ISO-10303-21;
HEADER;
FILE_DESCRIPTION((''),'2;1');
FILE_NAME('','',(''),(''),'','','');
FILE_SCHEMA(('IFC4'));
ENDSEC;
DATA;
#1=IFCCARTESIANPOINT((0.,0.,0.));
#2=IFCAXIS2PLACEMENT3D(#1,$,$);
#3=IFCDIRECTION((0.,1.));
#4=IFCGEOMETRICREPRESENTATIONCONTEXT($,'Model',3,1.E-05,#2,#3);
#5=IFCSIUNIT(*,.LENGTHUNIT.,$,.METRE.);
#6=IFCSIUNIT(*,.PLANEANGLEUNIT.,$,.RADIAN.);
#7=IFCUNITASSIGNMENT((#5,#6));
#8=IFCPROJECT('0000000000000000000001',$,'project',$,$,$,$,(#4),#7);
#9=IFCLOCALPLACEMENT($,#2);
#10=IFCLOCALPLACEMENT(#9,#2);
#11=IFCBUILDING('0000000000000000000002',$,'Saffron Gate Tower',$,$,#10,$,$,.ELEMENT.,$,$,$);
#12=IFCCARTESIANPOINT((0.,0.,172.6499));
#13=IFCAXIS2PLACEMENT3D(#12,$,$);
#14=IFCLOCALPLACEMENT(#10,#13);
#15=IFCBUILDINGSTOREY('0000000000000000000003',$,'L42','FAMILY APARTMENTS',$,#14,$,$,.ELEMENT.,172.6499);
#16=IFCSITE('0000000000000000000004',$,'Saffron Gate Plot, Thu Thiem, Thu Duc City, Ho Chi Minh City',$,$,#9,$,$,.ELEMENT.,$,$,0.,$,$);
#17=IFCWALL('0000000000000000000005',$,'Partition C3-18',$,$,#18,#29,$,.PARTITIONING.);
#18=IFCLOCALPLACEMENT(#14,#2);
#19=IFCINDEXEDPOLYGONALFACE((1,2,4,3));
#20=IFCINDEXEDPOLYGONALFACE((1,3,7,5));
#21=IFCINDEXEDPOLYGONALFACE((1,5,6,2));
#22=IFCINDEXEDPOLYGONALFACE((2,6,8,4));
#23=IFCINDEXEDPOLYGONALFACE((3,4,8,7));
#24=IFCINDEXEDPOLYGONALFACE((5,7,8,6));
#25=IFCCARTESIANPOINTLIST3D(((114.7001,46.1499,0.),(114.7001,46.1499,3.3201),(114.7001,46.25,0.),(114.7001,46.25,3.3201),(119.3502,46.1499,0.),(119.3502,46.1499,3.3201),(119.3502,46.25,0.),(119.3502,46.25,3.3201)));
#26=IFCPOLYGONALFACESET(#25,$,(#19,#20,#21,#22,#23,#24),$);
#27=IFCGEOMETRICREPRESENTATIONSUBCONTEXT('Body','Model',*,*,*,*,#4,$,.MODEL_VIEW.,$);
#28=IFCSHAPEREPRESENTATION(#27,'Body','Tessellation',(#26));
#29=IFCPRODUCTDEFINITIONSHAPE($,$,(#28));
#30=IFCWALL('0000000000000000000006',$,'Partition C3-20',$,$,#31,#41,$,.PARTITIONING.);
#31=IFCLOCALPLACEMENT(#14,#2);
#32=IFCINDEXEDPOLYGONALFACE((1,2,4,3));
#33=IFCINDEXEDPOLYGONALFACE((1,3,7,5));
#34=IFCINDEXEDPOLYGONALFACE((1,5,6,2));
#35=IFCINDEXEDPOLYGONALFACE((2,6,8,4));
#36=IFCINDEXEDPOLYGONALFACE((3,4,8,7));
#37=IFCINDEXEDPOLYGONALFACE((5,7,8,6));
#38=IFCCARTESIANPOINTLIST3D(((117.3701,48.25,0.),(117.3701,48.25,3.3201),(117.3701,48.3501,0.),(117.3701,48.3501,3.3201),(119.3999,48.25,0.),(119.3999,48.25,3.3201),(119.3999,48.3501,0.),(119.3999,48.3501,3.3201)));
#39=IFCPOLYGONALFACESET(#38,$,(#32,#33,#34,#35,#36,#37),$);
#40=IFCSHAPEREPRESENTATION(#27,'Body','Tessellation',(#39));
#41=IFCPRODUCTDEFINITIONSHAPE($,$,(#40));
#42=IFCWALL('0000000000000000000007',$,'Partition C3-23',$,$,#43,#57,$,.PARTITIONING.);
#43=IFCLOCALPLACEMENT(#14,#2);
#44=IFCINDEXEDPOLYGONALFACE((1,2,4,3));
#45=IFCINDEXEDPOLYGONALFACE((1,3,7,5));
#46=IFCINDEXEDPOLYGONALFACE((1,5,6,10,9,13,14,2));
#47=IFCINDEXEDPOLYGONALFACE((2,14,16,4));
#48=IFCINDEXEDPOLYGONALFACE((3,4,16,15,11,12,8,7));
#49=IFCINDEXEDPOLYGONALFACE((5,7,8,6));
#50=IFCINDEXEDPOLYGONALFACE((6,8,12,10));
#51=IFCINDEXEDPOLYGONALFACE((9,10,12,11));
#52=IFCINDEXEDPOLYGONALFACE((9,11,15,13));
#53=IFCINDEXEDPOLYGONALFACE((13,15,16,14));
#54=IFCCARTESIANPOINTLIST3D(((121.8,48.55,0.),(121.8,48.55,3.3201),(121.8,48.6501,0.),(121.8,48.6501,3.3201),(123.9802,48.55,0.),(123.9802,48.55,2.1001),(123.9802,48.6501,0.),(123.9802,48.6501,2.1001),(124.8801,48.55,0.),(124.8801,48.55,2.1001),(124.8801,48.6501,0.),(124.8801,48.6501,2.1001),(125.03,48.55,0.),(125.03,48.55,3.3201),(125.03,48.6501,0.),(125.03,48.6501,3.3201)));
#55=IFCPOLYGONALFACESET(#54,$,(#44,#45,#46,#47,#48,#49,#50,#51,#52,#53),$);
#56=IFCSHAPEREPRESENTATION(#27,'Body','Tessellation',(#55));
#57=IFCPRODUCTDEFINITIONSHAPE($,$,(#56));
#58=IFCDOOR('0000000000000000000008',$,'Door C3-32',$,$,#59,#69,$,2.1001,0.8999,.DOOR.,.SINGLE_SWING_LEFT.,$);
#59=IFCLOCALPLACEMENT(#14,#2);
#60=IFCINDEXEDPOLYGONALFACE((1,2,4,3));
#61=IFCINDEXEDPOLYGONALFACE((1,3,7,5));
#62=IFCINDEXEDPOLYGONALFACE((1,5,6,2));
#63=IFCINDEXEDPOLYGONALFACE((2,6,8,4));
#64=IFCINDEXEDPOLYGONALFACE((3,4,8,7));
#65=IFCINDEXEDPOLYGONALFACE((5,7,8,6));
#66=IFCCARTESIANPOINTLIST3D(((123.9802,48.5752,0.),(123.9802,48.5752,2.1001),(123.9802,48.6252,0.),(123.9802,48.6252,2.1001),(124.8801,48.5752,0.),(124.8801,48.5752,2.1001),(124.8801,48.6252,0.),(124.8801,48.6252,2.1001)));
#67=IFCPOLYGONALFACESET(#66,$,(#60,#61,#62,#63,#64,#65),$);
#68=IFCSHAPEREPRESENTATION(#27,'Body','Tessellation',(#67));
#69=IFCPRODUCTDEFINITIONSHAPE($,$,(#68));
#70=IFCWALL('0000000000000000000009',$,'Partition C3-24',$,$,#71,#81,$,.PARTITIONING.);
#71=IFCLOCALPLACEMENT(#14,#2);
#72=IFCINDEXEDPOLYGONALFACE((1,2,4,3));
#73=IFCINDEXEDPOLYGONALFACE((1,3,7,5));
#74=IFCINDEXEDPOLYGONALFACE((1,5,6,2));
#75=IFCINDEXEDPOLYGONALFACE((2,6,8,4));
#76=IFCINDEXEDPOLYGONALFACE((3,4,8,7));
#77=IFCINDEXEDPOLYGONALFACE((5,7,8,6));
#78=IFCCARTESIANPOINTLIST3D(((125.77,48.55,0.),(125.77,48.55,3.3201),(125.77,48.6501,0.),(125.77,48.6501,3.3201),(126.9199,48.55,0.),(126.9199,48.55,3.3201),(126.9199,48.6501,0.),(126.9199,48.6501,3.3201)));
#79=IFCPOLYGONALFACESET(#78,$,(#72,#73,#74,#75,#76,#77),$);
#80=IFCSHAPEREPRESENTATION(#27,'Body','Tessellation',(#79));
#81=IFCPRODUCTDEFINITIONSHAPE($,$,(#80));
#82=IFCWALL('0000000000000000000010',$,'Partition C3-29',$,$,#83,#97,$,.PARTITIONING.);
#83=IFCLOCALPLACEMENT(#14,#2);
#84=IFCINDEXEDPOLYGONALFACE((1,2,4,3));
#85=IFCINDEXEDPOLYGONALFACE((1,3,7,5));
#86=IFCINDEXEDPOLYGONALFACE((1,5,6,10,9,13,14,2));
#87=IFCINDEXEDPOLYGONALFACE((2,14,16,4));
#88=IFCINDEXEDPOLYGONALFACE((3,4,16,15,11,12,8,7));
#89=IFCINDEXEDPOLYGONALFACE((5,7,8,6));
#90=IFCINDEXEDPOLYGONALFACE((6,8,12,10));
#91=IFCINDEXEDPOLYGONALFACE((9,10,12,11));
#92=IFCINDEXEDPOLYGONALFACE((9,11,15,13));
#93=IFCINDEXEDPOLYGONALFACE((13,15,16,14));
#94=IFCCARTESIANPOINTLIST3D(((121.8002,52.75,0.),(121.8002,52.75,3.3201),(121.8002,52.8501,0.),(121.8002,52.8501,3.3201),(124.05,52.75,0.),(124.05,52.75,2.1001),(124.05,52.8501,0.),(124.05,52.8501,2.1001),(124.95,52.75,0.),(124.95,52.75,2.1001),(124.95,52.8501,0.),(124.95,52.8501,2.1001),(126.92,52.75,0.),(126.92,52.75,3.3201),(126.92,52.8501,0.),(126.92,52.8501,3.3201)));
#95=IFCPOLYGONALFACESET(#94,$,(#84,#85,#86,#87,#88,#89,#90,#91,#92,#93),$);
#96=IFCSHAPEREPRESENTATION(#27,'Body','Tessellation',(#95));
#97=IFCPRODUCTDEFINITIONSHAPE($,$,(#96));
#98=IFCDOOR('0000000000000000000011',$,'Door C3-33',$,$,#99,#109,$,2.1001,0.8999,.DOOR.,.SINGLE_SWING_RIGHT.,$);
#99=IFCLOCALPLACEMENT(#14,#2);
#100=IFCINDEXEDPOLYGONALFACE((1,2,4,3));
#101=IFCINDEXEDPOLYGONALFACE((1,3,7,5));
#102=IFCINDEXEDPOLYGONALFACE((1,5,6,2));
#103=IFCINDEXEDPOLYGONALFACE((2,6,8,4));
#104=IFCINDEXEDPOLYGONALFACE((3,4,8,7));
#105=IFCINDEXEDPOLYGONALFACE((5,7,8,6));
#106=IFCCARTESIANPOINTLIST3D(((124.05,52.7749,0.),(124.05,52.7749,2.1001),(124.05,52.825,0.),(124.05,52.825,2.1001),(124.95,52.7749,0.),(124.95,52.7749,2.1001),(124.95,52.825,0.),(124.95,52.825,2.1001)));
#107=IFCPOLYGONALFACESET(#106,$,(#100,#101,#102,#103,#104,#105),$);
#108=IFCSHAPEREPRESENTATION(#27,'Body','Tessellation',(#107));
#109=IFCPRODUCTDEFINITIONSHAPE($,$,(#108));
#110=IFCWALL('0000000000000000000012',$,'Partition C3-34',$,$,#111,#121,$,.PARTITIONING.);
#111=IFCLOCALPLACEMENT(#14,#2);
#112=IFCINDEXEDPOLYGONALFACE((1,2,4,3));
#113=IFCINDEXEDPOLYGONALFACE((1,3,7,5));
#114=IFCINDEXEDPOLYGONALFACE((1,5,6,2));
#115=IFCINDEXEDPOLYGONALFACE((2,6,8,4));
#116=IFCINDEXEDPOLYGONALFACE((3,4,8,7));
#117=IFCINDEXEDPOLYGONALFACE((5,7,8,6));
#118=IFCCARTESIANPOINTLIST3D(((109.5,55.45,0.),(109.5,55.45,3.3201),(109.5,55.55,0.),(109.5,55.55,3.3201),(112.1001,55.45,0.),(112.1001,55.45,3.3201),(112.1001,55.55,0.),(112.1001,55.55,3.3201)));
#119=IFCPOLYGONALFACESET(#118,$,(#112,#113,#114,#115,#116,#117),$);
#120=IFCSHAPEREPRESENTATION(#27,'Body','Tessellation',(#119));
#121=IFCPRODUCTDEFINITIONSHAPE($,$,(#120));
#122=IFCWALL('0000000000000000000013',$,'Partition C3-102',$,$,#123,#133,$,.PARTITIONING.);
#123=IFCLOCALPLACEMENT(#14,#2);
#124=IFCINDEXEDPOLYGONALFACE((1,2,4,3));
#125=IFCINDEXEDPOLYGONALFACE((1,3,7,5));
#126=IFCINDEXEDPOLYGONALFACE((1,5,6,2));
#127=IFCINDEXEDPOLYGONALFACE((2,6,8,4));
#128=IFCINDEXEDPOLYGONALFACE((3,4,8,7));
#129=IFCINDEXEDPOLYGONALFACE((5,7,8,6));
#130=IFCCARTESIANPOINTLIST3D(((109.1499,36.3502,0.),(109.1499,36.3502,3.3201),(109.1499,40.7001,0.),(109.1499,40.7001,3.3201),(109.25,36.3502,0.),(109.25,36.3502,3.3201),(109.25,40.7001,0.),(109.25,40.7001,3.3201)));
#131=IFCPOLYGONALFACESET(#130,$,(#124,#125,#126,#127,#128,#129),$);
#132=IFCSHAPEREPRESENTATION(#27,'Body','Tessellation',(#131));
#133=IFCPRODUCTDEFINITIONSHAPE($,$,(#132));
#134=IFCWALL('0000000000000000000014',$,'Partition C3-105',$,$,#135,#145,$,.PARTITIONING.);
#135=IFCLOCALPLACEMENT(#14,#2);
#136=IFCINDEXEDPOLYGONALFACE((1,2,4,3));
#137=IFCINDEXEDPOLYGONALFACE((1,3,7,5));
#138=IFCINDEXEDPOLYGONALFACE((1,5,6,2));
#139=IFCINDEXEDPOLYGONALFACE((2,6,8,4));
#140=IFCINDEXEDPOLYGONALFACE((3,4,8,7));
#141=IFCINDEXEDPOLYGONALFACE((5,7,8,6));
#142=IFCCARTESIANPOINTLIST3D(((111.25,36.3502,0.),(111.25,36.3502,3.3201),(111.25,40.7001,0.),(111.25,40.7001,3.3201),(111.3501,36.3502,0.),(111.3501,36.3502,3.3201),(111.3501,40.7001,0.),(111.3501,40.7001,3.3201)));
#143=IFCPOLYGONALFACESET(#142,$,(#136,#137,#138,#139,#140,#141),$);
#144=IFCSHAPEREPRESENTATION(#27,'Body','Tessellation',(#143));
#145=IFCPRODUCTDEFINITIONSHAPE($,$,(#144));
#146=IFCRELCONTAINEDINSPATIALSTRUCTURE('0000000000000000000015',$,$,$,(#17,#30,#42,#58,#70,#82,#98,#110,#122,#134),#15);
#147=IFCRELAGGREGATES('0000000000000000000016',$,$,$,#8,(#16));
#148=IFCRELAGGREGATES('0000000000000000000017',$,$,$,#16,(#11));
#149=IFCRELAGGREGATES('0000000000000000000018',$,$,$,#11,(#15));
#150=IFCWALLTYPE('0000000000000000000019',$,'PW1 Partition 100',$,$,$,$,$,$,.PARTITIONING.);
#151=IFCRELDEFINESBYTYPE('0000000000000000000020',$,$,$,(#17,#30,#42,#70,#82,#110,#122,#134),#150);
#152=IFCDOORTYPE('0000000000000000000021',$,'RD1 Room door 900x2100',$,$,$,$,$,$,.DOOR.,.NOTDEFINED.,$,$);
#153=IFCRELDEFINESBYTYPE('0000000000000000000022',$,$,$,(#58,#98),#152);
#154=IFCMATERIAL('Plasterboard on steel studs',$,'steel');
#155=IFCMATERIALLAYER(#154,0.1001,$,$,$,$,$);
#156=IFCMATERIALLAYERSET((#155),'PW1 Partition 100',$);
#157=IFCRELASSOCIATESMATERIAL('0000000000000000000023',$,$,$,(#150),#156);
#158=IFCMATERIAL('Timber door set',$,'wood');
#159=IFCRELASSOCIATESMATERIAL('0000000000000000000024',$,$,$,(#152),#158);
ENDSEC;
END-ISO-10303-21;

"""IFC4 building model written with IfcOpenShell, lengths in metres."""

from ifc_helpers import new_model, si_unit, direction, frame, frame_2d, origin, place, context, subcontext, project, spatial, rectangle, extrude, material, layer, layer_set, type_object, element, fill, save


model = new_model("IFC4")

# Units and contexts
model_context = context("Model", 3, precision=1e-05, world=origin(), true_north=direction((0.0, 1.0)))
body_context = subcontext(model_context, "Body", "Model", "MODEL_VIEW")
ifc_project = project(units=[si_unit("LENGTHUNIT", "METRE"), si_unit("PLANEANGLEUNIT", "RADIAN")], contexts=[model_context])

# Site, building, storey
site_placement = place(None, origin())
site = spatial("IfcSite", under=ifc_project, at=site_placement, Name="Saffron Gate Plot, Thu Thiem, Thu Duc City, Ho Chi Minh City", CompositionType="ELEMENT", RefElevation=0.0)
building_placement = place(site_placement, origin())
building = spatial("IfcBuilding", under=site, at=building_placement, Name="Saffron Gate Tower", CompositionType="ELEMENT")
storey_placement = place(building_placement, frame((0.0, 0.0, 172.6499)))
storey = spatial("IfcBuildingStorey", under=building, at=storey_placement, Name="L42", Description="FAMILY APARTMENTS", CompositionType="ELEMENT", Elevation=172.6499)

# Walls
ifc_material_1 = material(Name="Plasterboard on steel studs", Category="steel")
ifc_layer_1 = layer(ifc_material_1, 0.1001)
ifc_layer_set_1 = layer_set([ifc_layer_1], Name="PW1 Partition 100")
wall_type_1 = type_object("IfcWallType", Name="PW1 Partition 100", PredefinedType="PARTITIONING", material=ifc_layer_set_1)
wall_1_placement = place(storey_placement, frame((114.7, 46.2, 0.0), z_axis=(0.0, 0.0, 1.0), x_axis=(1.0, 0.0, 0.0)))
element("IfcWall", 1, at=wall_1_placement, inside=storey, type_object=wall_type_1, Name="Partition C3-18", PredefinedType="PARTITIONING", context=body_context, shape_type="SweptSolid", body=[
    extrude(rectangle(XDim=4.6501, YDim=0.1001, at=frame_2d((2.3252, 0.0))), origin(), (0.0, 0.0, 1.0), 3.3201),
])
wall_2_placement = place(storey_placement, frame((117.3701, 48.3, 0.0), z_axis=(0.0, 0.0, 1.0), x_axis=(1.0, 0.0, 0.0)))
element("IfcWall", 2, at=wall_2_placement, inside=storey, type_object=wall_type_1, Name="Partition C3-20", PredefinedType="PARTITIONING", context=body_context, shape_type="SweptSolid", body=[
    extrude(rectangle(XDim=2.0298, YDim=0.1001, at=frame_2d((1.0149, 0.0))), origin(), (0.0, 0.0, 1.0), 3.3201),
])

# Wall, opening, door
wall_3_placement = place(storey_placement, frame((125.03, 48.6001, 0.0), z_axis=(0.0, 0.0, 1.0), x_axis=(-1.0, 0.0, 0.0)))
wall_3 = element("IfcWall", 3, at=wall_3_placement, inside=storey, type_object=wall_type_1, Name="Partition C3-23", PredefinedType="PARTITIONING", context=body_context, shape_type="SweptSolid", body=[
    extrude(rectangle(XDim=3.23, YDim=0.1001, at=frame_2d((1.615, 0.0))), origin(), (0.0, 0.0, 1.0), 3.3201),
])
opening_1_placement = place(wall_3_placement, frame((0.1499, 0.0, 0.0)))
opening_1 = element("IfcOpeningElement", 4, at=opening_1_placement, cuts=wall_3, PredefinedType="OPENING", context=body_context, shape_type="SweptSolid", body=[
    extrude(rectangle(XDim=0.8999, YDim=2.1001, at=frame_2d((0.45, 1.05))), frame((0.0, 0.0601, 0.0), z_axis=(0.0, -1.0, 0.0), x_axis=(1.0, 0.0, 0.0)), (0.0, 0.0, 1.0), 0.1201),
])
ifc_material_2 = material(Name="Timber door set", Category="wood")
door_type_1 = type_object("IfcDoorType", Name="RD1 Room door 900x2100", OperationType="NOTDEFINED", PredefinedType="DOOR", material=ifc_material_2)
door_1_placement = place(opening_1_placement, origin())
door_1 = element("IfcDoor", 5, at=door_1_placement, inside=storey, type_object=door_type_1, Name="Door C3-32", OperationType="SINGLE_SWING_LEFT", OverallHeight=2.1001, OverallWidth=0.8999, PredefinedType="DOOR", context=body_context, shape_type="SweptSolid", body=[
    extrude(rectangle(XDim=0.8999, YDim=2.1001, at=frame_2d((0.45, 1.05))), frame((0.0, 0.0249, 0.0), z_axis=(0.0, -1.0, 0.0), x_axis=(1.0, 0.0, 0.0)), (0.0, 0.0, 1.0), 0.05),
])
fill(opening_1, door_1)

# Wall
wall_4_placement = place(storey_placement, frame((125.77, 48.6001, 0.0), z_axis=(0.0, 0.0, 1.0), x_axis=(1.0, 0.0, 0.0)))
element("IfcWall", 6, at=wall_4_placement, inside=storey, type_object=wall_type_1, Name="Partition C3-24", PredefinedType="PARTITIONING", context=body_context, shape_type="SweptSolid", body=[
    extrude(rectangle(XDim=1.1499, YDim=0.1001, at=frame_2d((0.575, 0.0))), origin(), (0.0, 0.0, 1.0), 3.3201),
])

# Wall, opening, door
wall_5_placement = place(storey_placement, frame((121.8, 52.8, 0.0), z_axis=(0.0, 0.0, 1.0), x_axis=(1.0, 0.0, 0.0)))
wall_5 = element("IfcWall", 7, at=wall_5_placement, inside=storey, type_object=wall_type_1, Name="Partition C3-29", PredefinedType="PARTITIONING", context=body_context, shape_type="SweptSolid", body=[
    extrude(rectangle(XDim=5.1199, YDim=0.1001, at=frame_2d((2.5601, 0.0))), origin(), (0.0, 0.0, 1.0), 3.3201),
])
opening_2_placement = place(wall_5_placement, frame((2.25, 0.0, 0.0)))
opening_2 = element("IfcOpeningElement", 8, at=opening_2_placement, cuts=wall_5, PredefinedType="OPENING", context=body_context, shape_type="SweptSolid", body=[
    extrude(rectangle(XDim=0.8999, YDim=2.1001, at=frame_2d((0.45, 1.05))), frame((0.0, 0.0601, 0.0), z_axis=(0.0, -1.0, 0.0), x_axis=(1.0, 0.0, 0.0)), (0.0, 0.0, 1.0), 0.1201),
])
door_2_placement = place(opening_2_placement, origin())
door_2 = element("IfcDoor", 9, at=door_2_placement, inside=storey, type_object=door_type_1, Name="Door C3-33", OperationType="SINGLE_SWING_RIGHT", OverallHeight=2.1001, OverallWidth=0.8999, PredefinedType="DOOR", context=body_context, shape_type="SweptSolid", body=[
    extrude(rectangle(XDim=0.8999, YDim=2.1001, at=frame_2d((0.45, 1.05))), frame((0.0, 0.0249, 0.0), z_axis=(0.0, -1.0, 0.0), x_axis=(1.0, 0.0, 0.0)), (0.0, 0.0, 1.0), 0.05),
])
fill(opening_2, door_2)

# Walls
wall_6_placement = place(storey_placement, frame((109.5, 55.5, 0.0), z_axis=(0.0, 0.0, 1.0), x_axis=(1.0, 0.0, 0.0)))
element("IfcWall", 10, at=wall_6_placement, inside=storey, type_object=wall_type_1, Name="Partition C3-34", PredefinedType="PARTITIONING", context=body_context, shape_type="SweptSolid", body=[
    extrude(rectangle(XDim=2.6001, YDim=0.1001, at=frame_2d((1.3, 0.0))), origin(), (0.0, 0.0, 1.0), 3.3201),
])
for number, where, z_axis, x_axis, name in (
    (11, (109.2, 40.7, 0.0), (0.0, 0.0, 1.0), (0.0, -1.0, 0.0), "Partition C3-102"),
    (12, (111.3, 40.7, 0.0), (0.0, 0.0, 1.0), (0.0, -1.0, 0.0), "Partition C3-105"),
):
    element("IfcWall", number, at=place(storey_placement, frame(where, z_axis=z_axis, x_axis=x_axis)), inside=storey, type_object=wall_type_1, Name=name, PredefinedType="PARTITIONING", context=body_context, shape_type="SweptSolid", body=[
        extrude(rectangle(XDim=4.3499, YDim=0.1001, at=frame_2d((2.1748, 0.0))), origin(), (0.0, 0.0, 1.0), 3.3201),
    ])

save(model, "model.ifc")
